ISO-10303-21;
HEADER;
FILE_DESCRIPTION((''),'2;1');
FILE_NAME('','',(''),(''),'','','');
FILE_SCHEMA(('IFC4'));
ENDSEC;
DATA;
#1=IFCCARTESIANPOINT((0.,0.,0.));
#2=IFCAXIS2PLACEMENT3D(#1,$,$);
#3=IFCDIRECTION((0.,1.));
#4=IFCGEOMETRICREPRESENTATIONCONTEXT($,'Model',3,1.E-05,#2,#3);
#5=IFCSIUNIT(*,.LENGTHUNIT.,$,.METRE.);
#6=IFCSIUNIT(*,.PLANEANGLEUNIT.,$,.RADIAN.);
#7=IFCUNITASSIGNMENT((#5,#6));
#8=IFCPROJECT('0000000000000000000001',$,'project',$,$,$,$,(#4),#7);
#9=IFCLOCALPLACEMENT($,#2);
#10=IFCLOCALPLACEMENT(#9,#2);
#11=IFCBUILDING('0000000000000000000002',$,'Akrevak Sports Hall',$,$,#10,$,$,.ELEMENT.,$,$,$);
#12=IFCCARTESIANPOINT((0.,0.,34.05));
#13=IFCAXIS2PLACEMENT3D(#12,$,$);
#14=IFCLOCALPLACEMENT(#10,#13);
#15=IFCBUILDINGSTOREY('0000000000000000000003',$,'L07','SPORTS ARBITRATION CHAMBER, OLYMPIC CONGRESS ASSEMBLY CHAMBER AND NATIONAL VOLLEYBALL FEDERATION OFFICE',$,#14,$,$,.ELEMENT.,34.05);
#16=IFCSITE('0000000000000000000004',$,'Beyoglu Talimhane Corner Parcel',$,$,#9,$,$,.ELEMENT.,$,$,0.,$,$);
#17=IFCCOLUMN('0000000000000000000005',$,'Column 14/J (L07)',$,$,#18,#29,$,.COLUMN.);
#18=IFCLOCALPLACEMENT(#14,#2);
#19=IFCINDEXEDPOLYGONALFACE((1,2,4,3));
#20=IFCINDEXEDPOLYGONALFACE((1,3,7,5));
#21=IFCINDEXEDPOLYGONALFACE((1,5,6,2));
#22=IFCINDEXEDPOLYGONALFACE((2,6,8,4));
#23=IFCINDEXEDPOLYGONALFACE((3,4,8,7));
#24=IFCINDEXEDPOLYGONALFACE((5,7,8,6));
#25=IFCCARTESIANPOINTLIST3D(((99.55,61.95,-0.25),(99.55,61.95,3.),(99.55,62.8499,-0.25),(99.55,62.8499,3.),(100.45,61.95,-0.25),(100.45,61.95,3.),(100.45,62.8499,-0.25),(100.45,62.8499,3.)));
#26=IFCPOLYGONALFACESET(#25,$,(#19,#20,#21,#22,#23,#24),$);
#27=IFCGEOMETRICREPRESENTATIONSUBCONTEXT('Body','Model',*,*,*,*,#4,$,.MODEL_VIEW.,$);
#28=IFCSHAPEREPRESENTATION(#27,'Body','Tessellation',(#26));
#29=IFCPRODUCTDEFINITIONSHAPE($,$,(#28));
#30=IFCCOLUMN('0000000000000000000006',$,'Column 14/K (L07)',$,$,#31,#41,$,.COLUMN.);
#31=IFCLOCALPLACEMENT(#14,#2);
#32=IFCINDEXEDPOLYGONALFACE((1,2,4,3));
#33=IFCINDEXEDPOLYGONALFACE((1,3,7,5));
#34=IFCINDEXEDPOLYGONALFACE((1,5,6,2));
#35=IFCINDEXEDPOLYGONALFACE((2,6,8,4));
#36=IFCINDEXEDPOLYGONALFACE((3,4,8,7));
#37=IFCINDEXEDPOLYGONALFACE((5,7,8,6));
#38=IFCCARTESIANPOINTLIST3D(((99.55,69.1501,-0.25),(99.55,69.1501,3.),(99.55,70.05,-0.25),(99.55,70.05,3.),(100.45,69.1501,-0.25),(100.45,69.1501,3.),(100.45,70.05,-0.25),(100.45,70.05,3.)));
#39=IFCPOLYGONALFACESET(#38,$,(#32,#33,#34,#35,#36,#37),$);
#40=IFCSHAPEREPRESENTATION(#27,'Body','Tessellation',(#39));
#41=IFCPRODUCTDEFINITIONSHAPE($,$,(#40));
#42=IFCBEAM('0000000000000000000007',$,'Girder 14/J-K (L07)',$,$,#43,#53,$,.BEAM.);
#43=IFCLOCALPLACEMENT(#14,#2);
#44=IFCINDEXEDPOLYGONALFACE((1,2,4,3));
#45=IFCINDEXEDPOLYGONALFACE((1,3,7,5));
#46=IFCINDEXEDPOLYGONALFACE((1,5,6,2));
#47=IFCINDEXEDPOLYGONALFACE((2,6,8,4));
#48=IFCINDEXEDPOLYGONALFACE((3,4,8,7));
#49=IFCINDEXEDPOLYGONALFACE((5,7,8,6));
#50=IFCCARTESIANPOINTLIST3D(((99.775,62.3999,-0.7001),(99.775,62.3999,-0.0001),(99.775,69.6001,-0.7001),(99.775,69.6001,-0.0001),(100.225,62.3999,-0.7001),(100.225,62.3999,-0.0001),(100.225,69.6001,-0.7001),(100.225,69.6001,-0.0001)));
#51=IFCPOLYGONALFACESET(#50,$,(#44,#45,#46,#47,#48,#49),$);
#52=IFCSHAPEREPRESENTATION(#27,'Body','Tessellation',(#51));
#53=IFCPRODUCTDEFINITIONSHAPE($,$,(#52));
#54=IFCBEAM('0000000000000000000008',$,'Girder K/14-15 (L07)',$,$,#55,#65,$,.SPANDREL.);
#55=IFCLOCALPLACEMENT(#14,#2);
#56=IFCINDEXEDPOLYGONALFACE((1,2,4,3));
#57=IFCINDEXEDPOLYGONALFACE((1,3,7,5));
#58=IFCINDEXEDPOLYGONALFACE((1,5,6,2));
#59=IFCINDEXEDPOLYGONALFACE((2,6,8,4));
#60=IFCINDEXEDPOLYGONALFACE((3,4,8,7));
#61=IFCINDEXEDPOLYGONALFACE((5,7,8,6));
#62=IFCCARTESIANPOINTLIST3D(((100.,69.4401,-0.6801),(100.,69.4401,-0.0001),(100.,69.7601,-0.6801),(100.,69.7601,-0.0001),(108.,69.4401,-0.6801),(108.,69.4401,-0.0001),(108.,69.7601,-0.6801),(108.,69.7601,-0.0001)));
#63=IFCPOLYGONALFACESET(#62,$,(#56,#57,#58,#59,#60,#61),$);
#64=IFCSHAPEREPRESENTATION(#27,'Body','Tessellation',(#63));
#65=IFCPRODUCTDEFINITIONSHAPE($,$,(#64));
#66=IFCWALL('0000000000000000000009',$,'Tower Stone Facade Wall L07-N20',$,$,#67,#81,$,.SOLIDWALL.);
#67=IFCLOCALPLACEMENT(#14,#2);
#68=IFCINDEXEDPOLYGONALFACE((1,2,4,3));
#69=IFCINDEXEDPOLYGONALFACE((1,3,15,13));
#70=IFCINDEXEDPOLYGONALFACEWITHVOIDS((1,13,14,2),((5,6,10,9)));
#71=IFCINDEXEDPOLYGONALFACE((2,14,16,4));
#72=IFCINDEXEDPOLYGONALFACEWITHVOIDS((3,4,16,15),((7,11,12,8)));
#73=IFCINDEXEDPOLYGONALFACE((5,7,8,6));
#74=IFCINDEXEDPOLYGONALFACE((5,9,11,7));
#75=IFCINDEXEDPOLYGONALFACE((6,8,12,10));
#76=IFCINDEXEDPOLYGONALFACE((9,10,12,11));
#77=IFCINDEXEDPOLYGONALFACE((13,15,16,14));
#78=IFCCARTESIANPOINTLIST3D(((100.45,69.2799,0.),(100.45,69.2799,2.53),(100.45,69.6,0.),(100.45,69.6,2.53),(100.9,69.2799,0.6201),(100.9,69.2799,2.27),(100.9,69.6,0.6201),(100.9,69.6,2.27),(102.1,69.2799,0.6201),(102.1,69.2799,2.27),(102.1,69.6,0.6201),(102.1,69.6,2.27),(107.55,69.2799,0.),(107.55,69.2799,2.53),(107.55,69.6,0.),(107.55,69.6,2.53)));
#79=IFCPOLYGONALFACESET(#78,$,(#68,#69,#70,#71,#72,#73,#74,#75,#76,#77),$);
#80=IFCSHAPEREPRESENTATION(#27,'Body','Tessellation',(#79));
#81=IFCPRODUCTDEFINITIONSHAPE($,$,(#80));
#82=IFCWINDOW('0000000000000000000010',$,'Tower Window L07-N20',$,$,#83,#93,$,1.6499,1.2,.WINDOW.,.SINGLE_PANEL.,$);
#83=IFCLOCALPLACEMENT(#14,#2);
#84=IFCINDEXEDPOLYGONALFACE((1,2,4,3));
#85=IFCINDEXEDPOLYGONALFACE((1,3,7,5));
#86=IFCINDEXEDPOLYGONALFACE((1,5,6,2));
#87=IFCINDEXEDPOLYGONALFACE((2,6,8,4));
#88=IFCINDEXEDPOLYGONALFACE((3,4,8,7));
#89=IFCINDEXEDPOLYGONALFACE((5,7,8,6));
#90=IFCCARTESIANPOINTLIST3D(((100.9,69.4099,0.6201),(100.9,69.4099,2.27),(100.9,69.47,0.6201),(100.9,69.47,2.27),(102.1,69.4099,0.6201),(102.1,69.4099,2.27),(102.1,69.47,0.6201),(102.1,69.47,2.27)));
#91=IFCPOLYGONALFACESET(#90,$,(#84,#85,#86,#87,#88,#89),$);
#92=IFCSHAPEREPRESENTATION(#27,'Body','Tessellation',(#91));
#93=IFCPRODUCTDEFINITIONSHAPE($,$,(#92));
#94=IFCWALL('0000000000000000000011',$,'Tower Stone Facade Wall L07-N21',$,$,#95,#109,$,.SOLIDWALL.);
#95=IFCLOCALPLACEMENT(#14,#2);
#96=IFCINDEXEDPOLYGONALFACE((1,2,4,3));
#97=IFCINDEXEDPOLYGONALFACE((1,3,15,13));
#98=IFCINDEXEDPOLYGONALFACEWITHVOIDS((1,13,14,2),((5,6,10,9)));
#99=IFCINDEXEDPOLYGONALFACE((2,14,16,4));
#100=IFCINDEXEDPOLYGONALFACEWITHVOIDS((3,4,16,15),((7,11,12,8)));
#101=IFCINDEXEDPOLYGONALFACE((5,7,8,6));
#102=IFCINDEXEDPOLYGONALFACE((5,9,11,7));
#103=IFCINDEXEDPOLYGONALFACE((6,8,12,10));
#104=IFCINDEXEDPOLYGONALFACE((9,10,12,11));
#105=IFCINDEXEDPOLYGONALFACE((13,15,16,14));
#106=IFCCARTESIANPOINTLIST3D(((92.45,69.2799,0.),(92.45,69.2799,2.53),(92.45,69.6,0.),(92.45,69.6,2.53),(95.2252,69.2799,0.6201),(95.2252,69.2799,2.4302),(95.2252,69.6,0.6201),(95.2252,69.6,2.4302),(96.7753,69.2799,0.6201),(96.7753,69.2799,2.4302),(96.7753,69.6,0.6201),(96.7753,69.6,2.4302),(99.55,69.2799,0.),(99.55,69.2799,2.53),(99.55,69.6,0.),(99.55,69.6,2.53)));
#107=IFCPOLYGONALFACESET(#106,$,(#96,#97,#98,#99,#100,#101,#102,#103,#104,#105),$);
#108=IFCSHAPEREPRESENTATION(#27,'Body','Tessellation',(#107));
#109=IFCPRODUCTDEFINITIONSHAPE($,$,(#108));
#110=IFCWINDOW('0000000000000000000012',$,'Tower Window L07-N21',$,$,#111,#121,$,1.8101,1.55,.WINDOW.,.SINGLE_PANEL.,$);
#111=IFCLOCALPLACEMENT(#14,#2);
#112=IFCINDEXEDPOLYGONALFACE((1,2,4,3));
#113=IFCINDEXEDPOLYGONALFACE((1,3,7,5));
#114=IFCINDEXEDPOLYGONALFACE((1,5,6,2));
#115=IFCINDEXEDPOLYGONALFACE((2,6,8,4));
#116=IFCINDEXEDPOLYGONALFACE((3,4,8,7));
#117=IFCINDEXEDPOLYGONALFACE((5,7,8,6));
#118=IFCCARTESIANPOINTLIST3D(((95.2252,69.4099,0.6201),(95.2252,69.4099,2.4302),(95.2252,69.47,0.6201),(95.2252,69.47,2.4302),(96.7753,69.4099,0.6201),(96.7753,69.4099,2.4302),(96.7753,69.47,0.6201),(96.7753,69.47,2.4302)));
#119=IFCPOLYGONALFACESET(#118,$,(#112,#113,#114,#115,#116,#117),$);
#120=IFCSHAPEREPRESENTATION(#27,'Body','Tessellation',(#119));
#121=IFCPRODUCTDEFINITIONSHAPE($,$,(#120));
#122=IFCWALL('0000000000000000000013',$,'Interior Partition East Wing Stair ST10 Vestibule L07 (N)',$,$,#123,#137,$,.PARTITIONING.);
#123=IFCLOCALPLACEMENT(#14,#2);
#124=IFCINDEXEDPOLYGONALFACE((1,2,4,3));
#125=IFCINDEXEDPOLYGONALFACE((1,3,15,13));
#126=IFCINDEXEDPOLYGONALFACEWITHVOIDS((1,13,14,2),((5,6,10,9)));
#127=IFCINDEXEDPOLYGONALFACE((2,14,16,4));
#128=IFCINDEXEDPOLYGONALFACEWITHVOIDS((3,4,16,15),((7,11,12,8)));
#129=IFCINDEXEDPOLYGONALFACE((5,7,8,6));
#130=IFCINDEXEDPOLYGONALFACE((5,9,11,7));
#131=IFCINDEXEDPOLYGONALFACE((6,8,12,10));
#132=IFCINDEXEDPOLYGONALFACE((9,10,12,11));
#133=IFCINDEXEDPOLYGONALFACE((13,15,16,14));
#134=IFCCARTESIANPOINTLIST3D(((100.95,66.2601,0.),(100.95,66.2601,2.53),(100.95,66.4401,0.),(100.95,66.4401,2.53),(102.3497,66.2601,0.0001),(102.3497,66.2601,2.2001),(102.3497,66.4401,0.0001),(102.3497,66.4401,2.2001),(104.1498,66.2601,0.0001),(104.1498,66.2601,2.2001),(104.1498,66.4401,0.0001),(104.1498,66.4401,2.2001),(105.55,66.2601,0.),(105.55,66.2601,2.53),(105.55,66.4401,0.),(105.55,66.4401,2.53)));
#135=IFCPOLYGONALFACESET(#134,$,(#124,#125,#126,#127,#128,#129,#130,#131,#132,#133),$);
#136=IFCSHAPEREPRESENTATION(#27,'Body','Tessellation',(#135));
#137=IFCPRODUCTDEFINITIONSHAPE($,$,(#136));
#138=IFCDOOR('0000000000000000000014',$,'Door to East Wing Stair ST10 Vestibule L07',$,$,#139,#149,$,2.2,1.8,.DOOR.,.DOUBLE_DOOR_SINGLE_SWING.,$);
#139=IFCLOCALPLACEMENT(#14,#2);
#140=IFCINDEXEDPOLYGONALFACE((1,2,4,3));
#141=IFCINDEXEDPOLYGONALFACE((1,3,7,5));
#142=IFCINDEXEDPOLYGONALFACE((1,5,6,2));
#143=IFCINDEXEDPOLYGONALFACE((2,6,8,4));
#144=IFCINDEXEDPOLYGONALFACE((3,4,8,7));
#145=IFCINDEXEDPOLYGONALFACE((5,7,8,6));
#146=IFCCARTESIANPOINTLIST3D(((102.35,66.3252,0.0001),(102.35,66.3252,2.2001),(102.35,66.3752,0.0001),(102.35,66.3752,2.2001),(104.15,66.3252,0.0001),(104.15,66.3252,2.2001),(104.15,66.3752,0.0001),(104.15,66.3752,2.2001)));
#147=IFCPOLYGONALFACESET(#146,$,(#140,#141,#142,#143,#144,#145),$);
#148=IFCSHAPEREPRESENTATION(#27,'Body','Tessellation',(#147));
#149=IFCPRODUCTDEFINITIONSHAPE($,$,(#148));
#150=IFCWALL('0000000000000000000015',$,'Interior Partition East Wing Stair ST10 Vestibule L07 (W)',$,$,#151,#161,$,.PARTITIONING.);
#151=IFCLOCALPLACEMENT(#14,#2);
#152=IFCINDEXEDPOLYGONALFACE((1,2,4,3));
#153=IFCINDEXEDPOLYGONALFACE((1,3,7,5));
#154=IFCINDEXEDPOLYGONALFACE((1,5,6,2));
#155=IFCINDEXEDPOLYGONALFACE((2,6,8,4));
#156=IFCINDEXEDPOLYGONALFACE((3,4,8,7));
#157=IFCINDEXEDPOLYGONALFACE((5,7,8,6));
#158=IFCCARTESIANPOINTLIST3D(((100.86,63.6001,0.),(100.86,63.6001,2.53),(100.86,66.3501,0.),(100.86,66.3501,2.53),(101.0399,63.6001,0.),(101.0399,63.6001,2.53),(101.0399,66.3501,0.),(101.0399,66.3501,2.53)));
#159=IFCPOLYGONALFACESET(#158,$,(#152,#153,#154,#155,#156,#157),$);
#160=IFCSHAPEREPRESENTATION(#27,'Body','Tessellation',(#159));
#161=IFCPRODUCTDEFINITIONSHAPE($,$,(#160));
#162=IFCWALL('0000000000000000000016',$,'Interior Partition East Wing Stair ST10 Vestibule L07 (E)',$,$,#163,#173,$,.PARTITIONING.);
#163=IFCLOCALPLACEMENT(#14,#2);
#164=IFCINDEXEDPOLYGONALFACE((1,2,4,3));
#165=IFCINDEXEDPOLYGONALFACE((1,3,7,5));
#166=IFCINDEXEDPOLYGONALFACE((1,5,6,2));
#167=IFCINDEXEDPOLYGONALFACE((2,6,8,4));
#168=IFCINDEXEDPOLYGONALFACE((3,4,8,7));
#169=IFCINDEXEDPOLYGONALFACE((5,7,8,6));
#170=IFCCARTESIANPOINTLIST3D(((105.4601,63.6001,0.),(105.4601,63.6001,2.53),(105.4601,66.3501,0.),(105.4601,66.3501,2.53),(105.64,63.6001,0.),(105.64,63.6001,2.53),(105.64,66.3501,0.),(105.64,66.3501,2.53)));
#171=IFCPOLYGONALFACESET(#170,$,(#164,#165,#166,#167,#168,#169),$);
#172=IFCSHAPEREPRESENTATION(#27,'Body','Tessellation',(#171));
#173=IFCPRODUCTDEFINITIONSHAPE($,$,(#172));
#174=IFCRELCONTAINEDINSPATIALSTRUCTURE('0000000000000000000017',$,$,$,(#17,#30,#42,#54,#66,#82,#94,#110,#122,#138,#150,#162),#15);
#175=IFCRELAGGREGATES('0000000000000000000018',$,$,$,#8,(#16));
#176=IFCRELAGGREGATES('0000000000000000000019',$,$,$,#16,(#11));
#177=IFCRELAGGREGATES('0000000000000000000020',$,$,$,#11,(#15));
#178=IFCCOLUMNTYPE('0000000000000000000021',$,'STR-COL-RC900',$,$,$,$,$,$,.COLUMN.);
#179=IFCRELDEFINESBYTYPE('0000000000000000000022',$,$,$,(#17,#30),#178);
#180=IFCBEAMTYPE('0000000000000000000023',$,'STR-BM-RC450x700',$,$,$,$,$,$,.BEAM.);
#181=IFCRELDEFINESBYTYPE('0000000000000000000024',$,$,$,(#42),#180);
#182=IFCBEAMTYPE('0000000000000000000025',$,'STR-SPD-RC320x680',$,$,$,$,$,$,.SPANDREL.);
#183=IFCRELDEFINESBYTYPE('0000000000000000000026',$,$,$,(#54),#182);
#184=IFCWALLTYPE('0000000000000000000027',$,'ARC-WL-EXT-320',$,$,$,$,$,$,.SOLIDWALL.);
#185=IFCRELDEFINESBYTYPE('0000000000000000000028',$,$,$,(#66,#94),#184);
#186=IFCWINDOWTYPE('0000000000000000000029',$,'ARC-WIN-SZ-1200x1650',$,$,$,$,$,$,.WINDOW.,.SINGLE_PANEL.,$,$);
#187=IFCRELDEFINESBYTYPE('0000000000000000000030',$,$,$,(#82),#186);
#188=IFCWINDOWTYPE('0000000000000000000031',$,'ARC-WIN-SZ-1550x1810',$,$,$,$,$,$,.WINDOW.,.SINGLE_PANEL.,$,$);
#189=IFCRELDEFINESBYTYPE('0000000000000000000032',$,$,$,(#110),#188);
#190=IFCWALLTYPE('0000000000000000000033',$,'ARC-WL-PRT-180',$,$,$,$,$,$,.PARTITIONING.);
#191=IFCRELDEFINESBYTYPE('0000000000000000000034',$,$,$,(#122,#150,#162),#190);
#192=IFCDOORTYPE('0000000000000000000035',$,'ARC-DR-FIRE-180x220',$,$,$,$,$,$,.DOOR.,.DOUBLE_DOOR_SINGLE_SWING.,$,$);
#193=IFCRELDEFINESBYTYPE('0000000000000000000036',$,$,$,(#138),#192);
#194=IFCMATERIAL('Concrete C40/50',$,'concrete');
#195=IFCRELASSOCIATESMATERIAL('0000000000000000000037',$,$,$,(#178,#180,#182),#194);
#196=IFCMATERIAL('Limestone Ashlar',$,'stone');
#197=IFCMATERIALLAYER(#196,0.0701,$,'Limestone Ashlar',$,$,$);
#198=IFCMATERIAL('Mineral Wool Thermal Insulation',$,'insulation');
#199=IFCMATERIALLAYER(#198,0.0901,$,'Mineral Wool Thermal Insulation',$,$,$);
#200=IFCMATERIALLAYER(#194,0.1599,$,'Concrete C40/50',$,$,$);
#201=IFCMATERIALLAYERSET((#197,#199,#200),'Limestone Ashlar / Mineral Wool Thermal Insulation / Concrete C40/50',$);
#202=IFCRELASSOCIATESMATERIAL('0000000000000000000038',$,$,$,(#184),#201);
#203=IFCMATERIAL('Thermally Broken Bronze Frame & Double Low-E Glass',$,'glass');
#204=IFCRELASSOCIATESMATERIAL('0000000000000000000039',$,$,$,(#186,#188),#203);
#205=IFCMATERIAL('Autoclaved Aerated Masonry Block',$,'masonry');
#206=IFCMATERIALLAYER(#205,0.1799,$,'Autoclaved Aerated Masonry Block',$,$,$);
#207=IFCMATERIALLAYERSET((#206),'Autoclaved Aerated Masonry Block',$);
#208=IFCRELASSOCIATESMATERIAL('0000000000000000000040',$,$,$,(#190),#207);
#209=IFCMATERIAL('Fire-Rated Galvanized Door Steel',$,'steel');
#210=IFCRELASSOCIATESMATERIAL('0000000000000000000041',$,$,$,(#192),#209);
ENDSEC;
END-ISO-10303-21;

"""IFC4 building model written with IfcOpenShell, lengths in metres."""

from ifc_helpers import new_model, si_unit, direction, frame, frame_2d, origin, origin_2d, place, context, subcontext, project, spatial, rectangle, extrude, material, layer, layer_set, material_profile, profile_set, type_object, element, fill, save


model = new_model("IFC4")

# Units and contexts
model_context = context("Model", 3, precision=1e-05, world=origin(), true_north=direction((0.0, 1.0)))
body_context = subcontext(model_context, "Body", "Model", "MODEL_VIEW")
ifc_project = project(units=[si_unit("LENGTHUNIT", "METRE"), si_unit("PLANEANGLEUNIT", "RADIAN")], contexts=[model_context])

# Site, building, storey
site_placement = place(None, origin())
site = spatial("IfcSite", under=ifc_project, at=site_placement, Name="Beyoglu Talimhane Corner Parcel", CompositionType="ELEMENT", RefElevation=0.0)
building_placement = place(site_placement, origin())
building = spatial("IfcBuilding", under=site, at=building_placement, Name="Akrevak Sports Hall", CompositionType="ELEMENT")
storey_placement = place(building_placement, frame((0.0, 0.0, 34.05)))
storey = spatial("IfcBuildingStorey", under=building, at=storey_placement, Name="L07", Description="SPORTS ARBITRATION CHAMBER, OLYMPIC CONGRESS ASSEMBLY CHAMBER AND NATIONAL VOLLEYBALL FEDERATION OFFICE", CompositionType="ELEMENT", Elevation=34.05)

# Columns
ifc_material_1 = material(Name="Concrete C40/50", Category="concrete")
ifc_material_profile_1 = material_profile(ifc_material_1, rectangle(XDim=0.8999, YDim=0.8999, at=origin_2d()), Name="RC 900x900", Category="concrete")
ifc_profile_set_1 = profile_set([ifc_material_profile_1], Name="Concrete C40/50")
column_type = type_object("IfcColumnType", Name="STR-COL-RC900", PredefinedType="COLUMN", material=ifc_profile_set_1)
for number, where, z_axis, x_axis, name in (
    (1, (100.0, 62.3999, -0.25), (0.0, 0.0, 1.0), (1.0, 0.0, 0.0), "Column 14/J (L07)"),
    (2, (100.0, 69.6001, -0.25), (0.0, 0.0, 1.0), (1.0, 0.0, 0.0), "Column 14/K (L07)"),
):
    element("IfcColumn", number, at=place(storey_placement, frame(where, z_axis=z_axis, x_axis=x_axis)), inside=storey, type_object=column_type, Name=name, PredefinedType="COLUMN", context=body_context, shape_type="SweptSolid", body=[
        extrude(rectangle(XDim=0.8999, YDim=0.8999, at=origin_2d()), origin(), (0.0, 0.0, 1.0), 3.25),
    ])

# Beams
ifc_material_profile_2 = material_profile(ifc_material_1, rectangle(XDim=0.45, YDim=0.7, at=origin_2d()), Name="BM 450x700", Category="concrete")
ifc_profile_set_2 = profile_set([ifc_material_profile_2], Name="Concrete C40/50")
beam_type_1 = type_object("IfcBeamType", Name="STR-BM-RC450x700", PredefinedType="BEAM", material=ifc_profile_set_2)
beam_1_placement = place(storey_placement, frame((100.0, 62.3999, -0.3501), z_axis=(0.0, 1.0, 0.0), x_axis=(-1.0, 0.0, 0.0)))
element("IfcBeam", 3, at=beam_1_placement, inside=storey, type_object=beam_type_1, Name="Girder 14/J-K (L07)", PredefinedType="BEAM", context=body_context, shape_type="SweptSolid", body=[
    extrude(rectangle(XDim=0.45, YDim=0.7, at=origin_2d()), origin(), (0.0, 0.0, 1.0), 7.2002),
])
ifc_material_profile_3 = material_profile(ifc_material_1, rectangle(XDim=0.3201, YDim=0.6799, at=origin_2d()), Name="SPD 320x680", Category="concrete")
ifc_profile_set_3 = profile_set([ifc_material_profile_3], Name="Concrete C40/50")
beam_type_2 = type_object("IfcBeamType", Name="STR-SPD-RC320x680", PredefinedType="SPANDREL", material=ifc_profile_set_3)
beam_2_placement = place(storey_placement, frame((100.0, 69.6001, -0.3401), z_axis=(1.0, 0.0, 0.0), x_axis=(0.0, 1.0, 0.0)))
element("IfcBeam", 4, at=beam_2_placement, inside=storey, type_object=beam_type_2, Name="Girder K/14-15 (L07)", PredefinedType="SPANDREL", context=body_context, shape_type="SweptSolid", body=[
    extrude(rectangle(XDim=0.3201, YDim=0.6799, at=origin_2d()), origin(), (0.0, 0.0, 1.0), 8.0),
])

# Walls, openings, windows
ifc_material_2 = material(Name="Limestone Ashlar", Category="stone")
ifc_layer_1 = layer(ifc_material_2, 0.0701, Name="Limestone Ashlar")
ifc_material_3 = material(Name="Mineral Wool Thermal Insulation", Category="insulation")
ifc_layer_2 = layer(ifc_material_3, 0.0901, Name="Mineral Wool Thermal Insulation")
ifc_layer_3 = layer(ifc_material_1, 0.1599, Name="Concrete C40/50")
ifc_layer_set_1 = layer_set([ifc_layer_1, ifc_layer_2, ifc_layer_3], Name="Limestone Ashlar / Mineral Wool Thermal Insulation / Concrete C40/50")
wall_type_1 = type_object("IfcWallType", Name="ARC-WL-EXT-320", PredefinedType="SOLIDWALL", material=ifc_layer_set_1)
wall_1_placement = place(storey_placement, frame((107.55, 69.4399, 0.0), z_axis=(0.0, 0.0, 1.0), x_axis=(-1.0, 0.0, 0.0)))
wall_1 = element("IfcWall", 5, at=wall_1_placement, inside=storey, type_object=wall_type_1, Name="Tower Stone Facade Wall L07-N20", PredefinedType="SOLIDWALL", context=body_context, shape_type="SweptSolid", body=[
    extrude(rectangle(XDim=7.1001, YDim=0.3201, at=frame_2d((3.55, 0.0))), origin(), (0.0, 0.0, 1.0), 2.53),
])
opening_1_placement = place(wall_1_placement, frame((5.45, 0.0, 0.6201)))
opening_1 = element("IfcOpeningElement", 6, at=opening_1_placement, cuts=wall_1, PredefinedType="OPENING", context=body_context, shape_type="SweptSolid", body=[
    extrude(rectangle(XDim=1.2, YDim=1.6499, at=frame_2d((0.6001, 0.825))), frame((0.0, 0.1719, 0.0), z_axis=(0.0, -1.0, 0.0), x_axis=(1.0, 0.0, 0.0)), (0.0, 0.0, 1.0), 0.344),
])
ifc_material_4 = material(Name="Thermally Broken Bronze Frame & Double Low-E Glass", Category="glass")
window_type_1 = type_object("IfcWindowType", Name="ARC-WIN-SZ-1200x1650", PartitioningType="SINGLE_PANEL", PredefinedType="WINDOW", material=ifc_material_4)
window_1_placement = place(opening_1_placement, origin())
window_1 = element("IfcWindow", 7, at=window_1_placement, inside=storey, type_object=window_type_1, Name="Tower Window L07-N20", OverallHeight=1.6499, OverallWidth=1.2, PartitioningType="SINGLE_PANEL", PredefinedType="WINDOW", context=body_context, shape_type="SweptSolid", body=[
    extrude(rectangle(XDim=1.2, YDim=1.6499, at=frame_2d((0.6001, 0.825))), frame((0.0, 0.03, 0.0), z_axis=(0.0, -1.0, 0.0), x_axis=(1.0, 0.0, 0.0)), (0.0, 0.0, 1.0), 0.0601),
])
fill(opening_1, window_1)
wall_2_placement = place(storey_placement, frame((99.55, 69.4399, 0.0), z_axis=(0.0, 0.0, 1.0), x_axis=(-1.0, 0.0, 0.0)))
wall_2 = element("IfcWall", 8, at=wall_2_placement, inside=storey, type_object=wall_type_1, Name="Tower Stone Facade Wall L07-N21", PredefinedType="SOLIDWALL", context=body_context, shape_type="SweptSolid", body=[
    extrude(rectangle(XDim=7.1001, YDim=0.3201, at=frame_2d((3.55, 0.0))), origin(), (0.0, 0.0, 1.0), 2.53),
])
opening_2_placement = place(wall_2_placement, frame((2.7749, 0.0, 0.6201)))
opening_2 = element("IfcOpeningElement", 9, at=opening_2_placement, cuts=wall_2, PredefinedType="OPENING", context=body_context, shape_type="SweptSolid", body=[
    extrude(rectangle(XDim=1.55, YDim=1.8101, at=frame_2d((0.7749, 0.905))), frame((0.0, 0.1719, 0.0), z_axis=(0.0, -1.0, 0.0), x_axis=(1.0, 0.0, 0.0)), (0.0, 0.0, 1.0), 0.344),
])
window_type_2 = type_object("IfcWindowType", Name="ARC-WIN-SZ-1550x1810", PartitioningType="SINGLE_PANEL", PredefinedType="WINDOW", material=ifc_material_4)
window_2_placement = place(opening_2_placement, origin())
window_2 = element("IfcWindow", 10, at=window_2_placement, inside=storey, type_object=window_type_2, Name="Tower Window L07-N21", OverallHeight=1.8101, OverallWidth=1.55, PartitioningType="SINGLE_PANEL", PredefinedType="WINDOW", context=body_context, shape_type="SweptSolid", body=[
    extrude(rectangle(XDim=1.55, YDim=1.8101, at=frame_2d((0.7749, 0.905))), frame((0.0, 0.03, 0.0), z_axis=(0.0, -1.0, 0.0), x_axis=(1.0, 0.0, 0.0)), (0.0, 0.0, 1.0), 0.0601),
])
fill(opening_2, window_2)

# Wall, opening, door
ifc_material_5 = material(Name="Autoclaved Aerated Masonry Block", Category="masonry")
ifc_layer_4 = layer(ifc_material_5, 0.1799, Name="Autoclaved Aerated Masonry Block")
ifc_layer_set_2 = layer_set([ifc_layer_4], Name="Autoclaved Aerated Masonry Block")
wall_type_2 = type_object("IfcWallType", Name="ARC-WL-PRT-180", PredefinedType="PARTITIONING", material=ifc_layer_set_2)
wall_3_placement = place(storey_placement, frame((100.95, 66.3501, 0.0), z_axis=(0.0, 0.0, 1.0), x_axis=(1.0, 0.0, 0.0)))
wall_3 = element("IfcWall", 11, at=wall_3_placement, inside=storey, type_object=wall_type_2, Name="Interior Partition East Wing Stair ST10 Vestibule L07 (N)", PredefinedType="PARTITIONING", context=body_context, shape_type="SweptSolid", body=[
    extrude(rectangle(XDim=4.6001, YDim=0.1799, at=frame_2d((2.3, 0.0))), origin(), (0.0, 0.0, 1.0), 2.53),
])
opening_3_placement = place(wall_3_placement, frame((1.3999, 0.0, 0.0)))
opening_3 = element("IfcOpeningElement", 12, at=opening_3_placement, cuts=wall_3, PredefinedType="OPENING", context=body_context, shape_type="SweptSolid", body=[
    extrude(rectangle(XDim=1.8, YDim=2.2, at=frame_2d((0.8999, 1.1001))), frame((0.0, 0.1021, 0.0), z_axis=(0.0, -1.0, 0.0), x_axis=(1.0, 0.0, 0.0)), (0.0, 0.0, 1.0), 0.2039),
])
ifc_material_6 = material(Name="Fire-Rated Galvanized Door Steel", Category="steel")
door_type_1 = type_object("IfcDoorType", Name="ARC-DR-FIRE-180x220", OperationType="DOUBLE_DOOR_SINGLE_SWING", PredefinedType="DOOR", material=ifc_material_6)
door_1_placement = place(opening_3_placement, frame((1.8, 0.0, 0.0), z_axis=(0.0, 0.0, 1.0), x_axis=(-1.0, 0.0, 0.0)))
door_1 = element("IfcDoor", 13, at=door_1_placement, inside=storey, type_object=door_type_1, Name="Door to East Wing Stair ST10 Vestibule L07", OperationType="DOUBLE_DOOR_SINGLE_SWING", OverallHeight=2.2, OverallWidth=1.8, PredefinedType="DOOR", context=body_context, shape_type="SweptSolid", body=[
    extrude(rectangle(XDim=1.8, YDim=2.2, at=frame_2d((0.8999, 1.1001))), frame((0.0, 0.0249, 0.0), z_axis=(0.0, -1.0, 0.0), x_axis=(1.0, 0.0, 0.0)), (0.0, 0.0, 1.0), 0.05),
])
fill(opening_3, door_1)

# Walls
for number, where, z_axis, x_axis, name in (
    (14, (100.95, 63.6001, 0.0), (0.0, 0.0, 1.0), (0.0, 1.0, 0.0), "Interior Partition East Wing Stair ST10 Vestibule L07 (W)"),
    (15, (105.55, 63.6001, 0.0), (0.0, 0.0, 1.0), (0.0, 1.0, 0.0), "Interior Partition East Wing Stair ST10 Vestibule L07 (E)"),
):
    element("IfcWall", number, at=place(storey_placement, frame(where, z_axis=z_axis, x_axis=x_axis)), inside=storey, type_object=wall_type_2, Name=name, PredefinedType="PARTITIONING", context=body_context, shape_type="SweptSolid", body=[
        extrude(rectangle(XDim=2.75, YDim=0.1799, at=frame_2d((1.375, 0.0))), origin(), (0.0, 0.0, 1.0), 2.53),
    ])

save(model, "model.ifc")
